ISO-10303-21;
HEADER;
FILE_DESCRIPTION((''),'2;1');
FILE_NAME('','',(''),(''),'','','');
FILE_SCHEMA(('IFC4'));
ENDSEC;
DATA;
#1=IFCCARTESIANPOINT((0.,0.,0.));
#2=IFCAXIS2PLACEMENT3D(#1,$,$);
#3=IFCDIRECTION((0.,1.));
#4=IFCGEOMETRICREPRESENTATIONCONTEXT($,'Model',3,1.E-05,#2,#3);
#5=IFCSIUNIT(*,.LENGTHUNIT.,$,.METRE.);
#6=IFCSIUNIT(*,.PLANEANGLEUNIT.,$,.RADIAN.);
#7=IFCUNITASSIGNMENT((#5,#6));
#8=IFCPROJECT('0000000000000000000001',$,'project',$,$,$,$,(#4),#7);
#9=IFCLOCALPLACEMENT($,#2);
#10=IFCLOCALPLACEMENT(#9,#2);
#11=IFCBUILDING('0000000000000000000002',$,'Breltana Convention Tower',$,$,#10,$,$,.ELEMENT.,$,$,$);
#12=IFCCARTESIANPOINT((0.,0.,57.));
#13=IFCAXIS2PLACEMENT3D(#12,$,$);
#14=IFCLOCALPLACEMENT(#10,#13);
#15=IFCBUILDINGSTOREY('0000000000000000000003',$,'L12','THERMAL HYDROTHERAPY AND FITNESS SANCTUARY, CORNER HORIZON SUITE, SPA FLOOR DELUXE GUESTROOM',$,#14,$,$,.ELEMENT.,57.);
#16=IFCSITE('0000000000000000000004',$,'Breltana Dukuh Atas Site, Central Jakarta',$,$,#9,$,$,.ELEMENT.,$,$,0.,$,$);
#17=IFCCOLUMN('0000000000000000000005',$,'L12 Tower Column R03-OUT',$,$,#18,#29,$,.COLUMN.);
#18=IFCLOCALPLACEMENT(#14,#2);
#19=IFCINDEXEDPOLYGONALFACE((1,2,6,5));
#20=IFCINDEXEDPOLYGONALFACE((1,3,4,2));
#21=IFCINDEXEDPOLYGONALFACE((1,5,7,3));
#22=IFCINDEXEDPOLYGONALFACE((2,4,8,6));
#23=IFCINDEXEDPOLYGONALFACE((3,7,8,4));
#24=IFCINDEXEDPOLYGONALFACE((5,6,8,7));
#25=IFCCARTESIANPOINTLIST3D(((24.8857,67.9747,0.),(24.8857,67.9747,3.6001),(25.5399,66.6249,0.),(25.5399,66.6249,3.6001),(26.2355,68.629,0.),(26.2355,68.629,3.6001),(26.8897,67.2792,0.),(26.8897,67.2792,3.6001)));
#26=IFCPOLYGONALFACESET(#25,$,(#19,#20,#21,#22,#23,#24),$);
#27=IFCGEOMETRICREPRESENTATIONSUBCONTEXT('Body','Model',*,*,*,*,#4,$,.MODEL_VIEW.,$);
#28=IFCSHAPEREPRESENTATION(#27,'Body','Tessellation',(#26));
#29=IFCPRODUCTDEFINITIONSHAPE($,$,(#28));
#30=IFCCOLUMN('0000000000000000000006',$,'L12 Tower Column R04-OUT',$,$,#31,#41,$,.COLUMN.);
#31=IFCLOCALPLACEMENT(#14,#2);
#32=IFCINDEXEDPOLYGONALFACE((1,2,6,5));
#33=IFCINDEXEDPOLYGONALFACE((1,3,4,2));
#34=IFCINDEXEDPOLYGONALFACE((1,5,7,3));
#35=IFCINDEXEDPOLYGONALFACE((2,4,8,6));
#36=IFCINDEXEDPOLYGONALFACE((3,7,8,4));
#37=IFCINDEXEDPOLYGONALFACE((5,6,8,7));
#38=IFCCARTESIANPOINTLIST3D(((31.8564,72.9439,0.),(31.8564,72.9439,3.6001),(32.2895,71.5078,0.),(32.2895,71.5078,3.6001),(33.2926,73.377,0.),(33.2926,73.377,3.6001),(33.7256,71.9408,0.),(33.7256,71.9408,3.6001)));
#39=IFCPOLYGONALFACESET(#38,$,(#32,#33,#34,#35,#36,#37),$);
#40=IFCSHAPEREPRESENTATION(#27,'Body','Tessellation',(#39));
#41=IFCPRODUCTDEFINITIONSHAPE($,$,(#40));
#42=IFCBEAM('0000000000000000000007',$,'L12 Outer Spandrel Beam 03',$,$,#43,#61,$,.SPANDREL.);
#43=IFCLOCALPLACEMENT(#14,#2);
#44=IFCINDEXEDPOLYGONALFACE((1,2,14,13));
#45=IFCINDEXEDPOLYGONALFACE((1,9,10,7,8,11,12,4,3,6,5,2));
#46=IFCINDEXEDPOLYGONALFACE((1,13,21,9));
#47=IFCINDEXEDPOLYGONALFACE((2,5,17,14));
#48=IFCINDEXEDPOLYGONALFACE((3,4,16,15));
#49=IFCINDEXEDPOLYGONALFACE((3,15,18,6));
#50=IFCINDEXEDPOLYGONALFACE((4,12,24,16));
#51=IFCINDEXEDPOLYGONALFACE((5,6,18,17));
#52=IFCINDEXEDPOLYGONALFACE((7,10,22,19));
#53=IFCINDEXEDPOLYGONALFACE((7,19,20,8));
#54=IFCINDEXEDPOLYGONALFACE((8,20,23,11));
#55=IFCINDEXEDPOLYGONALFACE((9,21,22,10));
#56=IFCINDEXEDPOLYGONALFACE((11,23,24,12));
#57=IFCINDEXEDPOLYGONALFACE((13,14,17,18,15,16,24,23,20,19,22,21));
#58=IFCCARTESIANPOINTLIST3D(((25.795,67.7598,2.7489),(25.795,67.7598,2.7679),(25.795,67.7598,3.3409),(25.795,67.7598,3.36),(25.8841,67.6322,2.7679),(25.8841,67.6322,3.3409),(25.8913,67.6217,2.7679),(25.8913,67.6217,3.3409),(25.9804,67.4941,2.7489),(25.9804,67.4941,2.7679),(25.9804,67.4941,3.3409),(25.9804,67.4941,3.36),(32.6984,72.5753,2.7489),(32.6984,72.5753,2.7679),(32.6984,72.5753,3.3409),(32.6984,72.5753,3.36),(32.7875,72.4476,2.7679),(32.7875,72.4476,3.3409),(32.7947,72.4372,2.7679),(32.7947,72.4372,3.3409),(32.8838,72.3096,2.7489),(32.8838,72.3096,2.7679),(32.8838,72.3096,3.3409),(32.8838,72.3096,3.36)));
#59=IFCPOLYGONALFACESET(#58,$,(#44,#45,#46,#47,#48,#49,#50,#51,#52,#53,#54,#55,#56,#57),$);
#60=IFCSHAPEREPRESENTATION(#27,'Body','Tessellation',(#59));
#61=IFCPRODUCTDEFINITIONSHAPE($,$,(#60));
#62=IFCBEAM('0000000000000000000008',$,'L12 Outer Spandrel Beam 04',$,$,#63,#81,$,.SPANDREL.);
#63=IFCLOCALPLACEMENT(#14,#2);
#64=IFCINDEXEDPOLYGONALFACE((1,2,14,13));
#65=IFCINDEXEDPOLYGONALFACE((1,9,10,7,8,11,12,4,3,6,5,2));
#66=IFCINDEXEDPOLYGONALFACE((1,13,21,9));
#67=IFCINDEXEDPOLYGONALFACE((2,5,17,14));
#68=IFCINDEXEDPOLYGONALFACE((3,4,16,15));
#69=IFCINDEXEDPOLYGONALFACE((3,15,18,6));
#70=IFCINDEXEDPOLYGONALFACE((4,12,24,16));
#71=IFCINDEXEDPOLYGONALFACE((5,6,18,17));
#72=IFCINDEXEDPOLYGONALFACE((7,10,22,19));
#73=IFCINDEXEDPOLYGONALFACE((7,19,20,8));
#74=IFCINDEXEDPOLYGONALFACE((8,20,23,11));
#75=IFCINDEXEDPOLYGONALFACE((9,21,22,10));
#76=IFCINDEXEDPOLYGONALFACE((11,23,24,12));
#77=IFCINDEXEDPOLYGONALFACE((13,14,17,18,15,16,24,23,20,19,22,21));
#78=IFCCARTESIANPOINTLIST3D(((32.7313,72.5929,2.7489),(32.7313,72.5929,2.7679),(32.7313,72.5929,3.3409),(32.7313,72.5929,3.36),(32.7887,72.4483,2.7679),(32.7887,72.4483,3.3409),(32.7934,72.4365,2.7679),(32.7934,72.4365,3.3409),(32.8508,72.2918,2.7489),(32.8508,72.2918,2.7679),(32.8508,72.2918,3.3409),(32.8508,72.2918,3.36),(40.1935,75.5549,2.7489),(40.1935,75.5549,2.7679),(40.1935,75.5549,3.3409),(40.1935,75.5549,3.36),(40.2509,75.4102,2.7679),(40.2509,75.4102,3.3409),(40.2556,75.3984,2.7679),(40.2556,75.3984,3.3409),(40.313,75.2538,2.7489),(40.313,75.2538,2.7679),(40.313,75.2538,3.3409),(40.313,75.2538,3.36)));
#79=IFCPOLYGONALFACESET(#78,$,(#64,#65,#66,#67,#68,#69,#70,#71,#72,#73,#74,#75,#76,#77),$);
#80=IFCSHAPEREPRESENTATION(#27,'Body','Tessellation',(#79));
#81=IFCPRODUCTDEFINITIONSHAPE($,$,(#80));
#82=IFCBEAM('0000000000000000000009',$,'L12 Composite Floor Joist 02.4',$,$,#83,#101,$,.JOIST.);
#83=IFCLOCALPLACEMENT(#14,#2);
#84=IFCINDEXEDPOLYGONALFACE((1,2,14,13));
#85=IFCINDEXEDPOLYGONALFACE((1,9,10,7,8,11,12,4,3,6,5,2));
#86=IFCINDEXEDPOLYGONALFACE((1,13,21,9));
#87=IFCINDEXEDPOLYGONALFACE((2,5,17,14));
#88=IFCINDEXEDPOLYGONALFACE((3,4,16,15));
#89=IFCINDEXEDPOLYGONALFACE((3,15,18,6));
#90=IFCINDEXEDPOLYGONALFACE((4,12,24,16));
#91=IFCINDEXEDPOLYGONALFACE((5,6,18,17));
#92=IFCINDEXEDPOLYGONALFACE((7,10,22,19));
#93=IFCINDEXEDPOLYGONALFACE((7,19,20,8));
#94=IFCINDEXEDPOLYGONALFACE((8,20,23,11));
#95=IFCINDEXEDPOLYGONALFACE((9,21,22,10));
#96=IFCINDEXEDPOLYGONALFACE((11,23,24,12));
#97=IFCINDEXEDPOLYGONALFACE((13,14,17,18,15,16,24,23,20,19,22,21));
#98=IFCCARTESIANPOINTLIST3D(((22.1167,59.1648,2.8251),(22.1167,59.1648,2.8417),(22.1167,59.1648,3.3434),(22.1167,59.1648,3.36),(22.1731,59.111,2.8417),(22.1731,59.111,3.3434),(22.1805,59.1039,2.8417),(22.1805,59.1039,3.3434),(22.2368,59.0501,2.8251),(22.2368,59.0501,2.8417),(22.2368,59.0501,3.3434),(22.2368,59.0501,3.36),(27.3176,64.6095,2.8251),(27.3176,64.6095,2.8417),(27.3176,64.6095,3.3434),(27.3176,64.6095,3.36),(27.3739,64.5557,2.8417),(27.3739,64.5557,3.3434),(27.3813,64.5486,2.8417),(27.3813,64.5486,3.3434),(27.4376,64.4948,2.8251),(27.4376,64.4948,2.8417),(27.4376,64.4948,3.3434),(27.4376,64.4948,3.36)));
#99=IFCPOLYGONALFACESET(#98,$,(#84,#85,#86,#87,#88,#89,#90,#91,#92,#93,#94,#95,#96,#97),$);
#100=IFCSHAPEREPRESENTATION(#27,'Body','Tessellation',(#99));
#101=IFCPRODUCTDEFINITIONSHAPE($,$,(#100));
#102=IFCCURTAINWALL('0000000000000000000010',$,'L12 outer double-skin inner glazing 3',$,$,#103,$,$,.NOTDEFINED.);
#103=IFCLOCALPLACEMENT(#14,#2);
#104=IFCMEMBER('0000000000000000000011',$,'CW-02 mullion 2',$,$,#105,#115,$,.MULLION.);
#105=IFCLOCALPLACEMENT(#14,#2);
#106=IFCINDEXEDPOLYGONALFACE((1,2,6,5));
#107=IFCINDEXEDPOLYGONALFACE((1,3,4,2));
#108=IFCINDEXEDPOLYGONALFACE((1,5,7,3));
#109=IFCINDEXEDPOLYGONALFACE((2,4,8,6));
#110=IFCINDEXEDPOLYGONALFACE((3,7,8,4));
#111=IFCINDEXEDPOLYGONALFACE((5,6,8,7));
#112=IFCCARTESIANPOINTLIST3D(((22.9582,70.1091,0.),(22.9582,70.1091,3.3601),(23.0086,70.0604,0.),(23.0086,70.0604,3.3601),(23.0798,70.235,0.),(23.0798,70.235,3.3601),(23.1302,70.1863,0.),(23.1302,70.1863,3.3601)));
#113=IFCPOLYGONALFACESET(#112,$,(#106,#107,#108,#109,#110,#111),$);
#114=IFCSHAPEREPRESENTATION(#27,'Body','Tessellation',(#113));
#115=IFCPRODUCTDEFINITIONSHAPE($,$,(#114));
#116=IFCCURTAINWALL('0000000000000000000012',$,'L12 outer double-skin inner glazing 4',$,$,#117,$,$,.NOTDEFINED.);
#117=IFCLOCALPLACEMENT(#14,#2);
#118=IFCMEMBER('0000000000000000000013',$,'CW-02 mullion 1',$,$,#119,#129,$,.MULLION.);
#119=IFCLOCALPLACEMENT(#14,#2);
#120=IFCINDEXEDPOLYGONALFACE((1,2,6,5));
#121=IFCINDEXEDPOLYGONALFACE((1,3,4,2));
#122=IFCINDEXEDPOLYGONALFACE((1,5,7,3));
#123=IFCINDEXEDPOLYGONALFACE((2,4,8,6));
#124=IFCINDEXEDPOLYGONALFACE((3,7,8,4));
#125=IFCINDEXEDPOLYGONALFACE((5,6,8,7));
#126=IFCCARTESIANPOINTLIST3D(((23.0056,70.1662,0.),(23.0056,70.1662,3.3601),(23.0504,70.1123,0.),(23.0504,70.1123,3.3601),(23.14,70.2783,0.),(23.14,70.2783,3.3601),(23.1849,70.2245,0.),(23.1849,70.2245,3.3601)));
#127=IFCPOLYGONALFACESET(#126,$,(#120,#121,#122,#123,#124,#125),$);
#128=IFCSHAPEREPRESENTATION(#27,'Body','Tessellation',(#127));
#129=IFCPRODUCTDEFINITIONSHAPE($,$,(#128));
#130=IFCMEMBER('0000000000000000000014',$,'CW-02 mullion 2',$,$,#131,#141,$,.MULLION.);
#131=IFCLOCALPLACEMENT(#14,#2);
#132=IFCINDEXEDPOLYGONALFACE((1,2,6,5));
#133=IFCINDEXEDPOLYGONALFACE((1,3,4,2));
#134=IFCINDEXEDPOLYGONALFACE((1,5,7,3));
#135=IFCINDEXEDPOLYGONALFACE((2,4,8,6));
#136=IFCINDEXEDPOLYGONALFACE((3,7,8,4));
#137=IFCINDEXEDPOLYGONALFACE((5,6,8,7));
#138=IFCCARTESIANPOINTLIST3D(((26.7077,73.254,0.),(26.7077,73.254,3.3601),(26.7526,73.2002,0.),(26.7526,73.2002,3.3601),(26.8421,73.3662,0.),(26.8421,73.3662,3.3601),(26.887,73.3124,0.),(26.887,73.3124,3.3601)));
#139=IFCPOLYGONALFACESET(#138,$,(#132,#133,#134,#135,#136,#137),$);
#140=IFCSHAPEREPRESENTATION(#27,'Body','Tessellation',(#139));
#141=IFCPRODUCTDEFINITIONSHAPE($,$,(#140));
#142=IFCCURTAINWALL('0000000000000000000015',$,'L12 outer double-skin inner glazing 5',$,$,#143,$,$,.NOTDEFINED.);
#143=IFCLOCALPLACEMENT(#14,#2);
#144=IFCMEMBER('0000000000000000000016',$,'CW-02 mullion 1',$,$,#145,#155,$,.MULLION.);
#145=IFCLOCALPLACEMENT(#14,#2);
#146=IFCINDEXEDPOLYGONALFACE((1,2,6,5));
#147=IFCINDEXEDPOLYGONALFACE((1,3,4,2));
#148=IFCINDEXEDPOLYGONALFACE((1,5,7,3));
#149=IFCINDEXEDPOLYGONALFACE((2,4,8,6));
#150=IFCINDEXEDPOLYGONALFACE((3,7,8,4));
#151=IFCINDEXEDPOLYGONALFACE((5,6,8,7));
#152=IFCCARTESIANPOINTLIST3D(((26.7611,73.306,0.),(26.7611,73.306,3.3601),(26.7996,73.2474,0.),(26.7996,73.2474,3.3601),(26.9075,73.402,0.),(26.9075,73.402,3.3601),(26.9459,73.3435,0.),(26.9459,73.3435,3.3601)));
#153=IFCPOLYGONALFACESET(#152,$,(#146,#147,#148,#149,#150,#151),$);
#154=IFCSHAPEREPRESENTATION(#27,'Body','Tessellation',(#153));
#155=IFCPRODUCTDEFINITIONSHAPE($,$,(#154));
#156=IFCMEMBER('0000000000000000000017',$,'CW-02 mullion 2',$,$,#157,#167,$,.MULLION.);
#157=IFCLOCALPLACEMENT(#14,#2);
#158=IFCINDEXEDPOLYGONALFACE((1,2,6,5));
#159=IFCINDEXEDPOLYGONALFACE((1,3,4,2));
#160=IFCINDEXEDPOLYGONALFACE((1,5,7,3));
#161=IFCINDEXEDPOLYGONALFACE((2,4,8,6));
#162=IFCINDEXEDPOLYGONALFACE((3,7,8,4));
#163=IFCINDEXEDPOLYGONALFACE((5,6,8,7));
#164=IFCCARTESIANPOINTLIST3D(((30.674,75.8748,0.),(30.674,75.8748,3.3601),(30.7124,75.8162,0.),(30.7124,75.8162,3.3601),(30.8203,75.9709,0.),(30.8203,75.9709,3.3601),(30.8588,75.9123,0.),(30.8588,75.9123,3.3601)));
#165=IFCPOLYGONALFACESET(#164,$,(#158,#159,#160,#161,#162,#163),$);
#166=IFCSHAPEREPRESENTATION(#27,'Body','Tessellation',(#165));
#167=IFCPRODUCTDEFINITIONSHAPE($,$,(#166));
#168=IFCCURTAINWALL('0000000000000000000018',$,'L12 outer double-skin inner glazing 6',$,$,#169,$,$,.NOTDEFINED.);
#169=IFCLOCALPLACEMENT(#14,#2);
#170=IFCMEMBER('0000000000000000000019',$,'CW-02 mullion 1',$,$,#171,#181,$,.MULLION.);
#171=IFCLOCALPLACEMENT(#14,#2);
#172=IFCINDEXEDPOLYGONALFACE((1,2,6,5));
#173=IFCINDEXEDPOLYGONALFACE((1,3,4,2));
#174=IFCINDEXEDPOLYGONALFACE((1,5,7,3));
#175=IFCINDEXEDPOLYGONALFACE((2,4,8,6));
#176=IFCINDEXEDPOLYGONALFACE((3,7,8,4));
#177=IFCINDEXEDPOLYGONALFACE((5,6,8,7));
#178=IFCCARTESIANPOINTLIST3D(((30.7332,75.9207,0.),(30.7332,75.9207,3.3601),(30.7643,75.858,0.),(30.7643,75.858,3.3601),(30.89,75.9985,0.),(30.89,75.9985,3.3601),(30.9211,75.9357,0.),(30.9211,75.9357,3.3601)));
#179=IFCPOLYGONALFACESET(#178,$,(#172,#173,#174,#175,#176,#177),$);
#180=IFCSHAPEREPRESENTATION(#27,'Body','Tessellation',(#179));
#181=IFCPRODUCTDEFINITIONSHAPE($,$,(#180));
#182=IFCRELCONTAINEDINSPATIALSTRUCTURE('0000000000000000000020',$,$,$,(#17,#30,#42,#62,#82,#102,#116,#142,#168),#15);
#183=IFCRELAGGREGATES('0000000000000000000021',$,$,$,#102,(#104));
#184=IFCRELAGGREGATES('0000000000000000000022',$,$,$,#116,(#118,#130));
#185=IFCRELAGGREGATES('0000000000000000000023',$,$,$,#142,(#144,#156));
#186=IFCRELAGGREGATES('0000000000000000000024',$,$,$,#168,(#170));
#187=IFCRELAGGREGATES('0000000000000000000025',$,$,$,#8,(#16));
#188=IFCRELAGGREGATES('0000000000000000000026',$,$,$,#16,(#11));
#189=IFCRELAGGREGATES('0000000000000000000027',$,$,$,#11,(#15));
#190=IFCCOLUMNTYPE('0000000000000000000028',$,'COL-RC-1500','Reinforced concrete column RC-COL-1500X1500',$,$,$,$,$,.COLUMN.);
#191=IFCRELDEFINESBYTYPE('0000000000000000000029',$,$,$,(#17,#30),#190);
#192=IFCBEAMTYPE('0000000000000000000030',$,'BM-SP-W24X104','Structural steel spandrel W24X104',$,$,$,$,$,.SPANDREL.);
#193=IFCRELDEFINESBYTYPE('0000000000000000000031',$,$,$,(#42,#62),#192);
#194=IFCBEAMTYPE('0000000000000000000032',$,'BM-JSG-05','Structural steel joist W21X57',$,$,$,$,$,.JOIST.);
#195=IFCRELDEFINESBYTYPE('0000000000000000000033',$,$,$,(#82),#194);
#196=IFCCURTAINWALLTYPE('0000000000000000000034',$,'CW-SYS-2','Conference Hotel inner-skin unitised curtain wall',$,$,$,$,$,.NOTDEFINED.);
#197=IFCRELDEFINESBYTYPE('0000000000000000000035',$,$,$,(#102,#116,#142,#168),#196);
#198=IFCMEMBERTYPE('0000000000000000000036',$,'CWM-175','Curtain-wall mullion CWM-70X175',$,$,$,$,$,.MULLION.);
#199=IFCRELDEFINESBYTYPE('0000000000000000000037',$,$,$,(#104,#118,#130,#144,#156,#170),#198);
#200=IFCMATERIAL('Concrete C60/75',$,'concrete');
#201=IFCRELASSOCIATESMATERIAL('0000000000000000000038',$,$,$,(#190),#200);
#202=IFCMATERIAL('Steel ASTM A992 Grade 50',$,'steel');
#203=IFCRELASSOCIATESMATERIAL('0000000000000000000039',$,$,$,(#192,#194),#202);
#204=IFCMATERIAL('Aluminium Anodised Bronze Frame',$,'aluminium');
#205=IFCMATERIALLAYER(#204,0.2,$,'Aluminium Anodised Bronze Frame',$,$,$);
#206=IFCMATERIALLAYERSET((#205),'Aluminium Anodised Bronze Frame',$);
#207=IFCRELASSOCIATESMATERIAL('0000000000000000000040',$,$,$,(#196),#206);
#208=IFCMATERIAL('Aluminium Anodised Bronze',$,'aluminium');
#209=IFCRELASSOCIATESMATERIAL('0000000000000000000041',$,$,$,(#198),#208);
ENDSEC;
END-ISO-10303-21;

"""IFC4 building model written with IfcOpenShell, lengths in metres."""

from ifc_helpers import new_model, si_unit, direction, frame, origin, origin_2d, place, context, subcontext, project, spatial, rectangle, i_section, extrude, source, transform, mapped, material, layer, layer_set, material_profile, profile_set, type_object, type_shapes, element, aggregate, save


model = new_model("IFC4")

# Units and contexts
model_context = context("Model", 3, precision=1e-05, world=origin(), true_north=direction((0.0, 1.0)))
body_context = subcontext(model_context, "Body", "Model", "MODEL_VIEW")
ifc_project = project(units=[si_unit("LENGTHUNIT", "METRE"), si_unit("PLANEANGLEUNIT", "RADIAN")], contexts=[model_context])

# Site, building, storey
site_placement = place(None, origin())
site = spatial("IfcSite", under=ifc_project, at=site_placement, Name="Breltana Dukuh Atas Site, Central Jakarta", CompositionType="ELEMENT", RefElevation=0.0)
building_placement = place(site_placement, origin())
building = spatial("IfcBuilding", under=site, at=building_placement, Name="Breltana Convention Tower", CompositionType="ELEMENT")
storey_placement = place(building_placement, frame((0.0, 0.0, 57.0)))
storey = spatial("IfcBuildingStorey", under=building, at=storey_placement, Name="L12", Description="THERMAL HYDROTHERAPY AND FITNESS SANCTUARY, CORNER HORIZON SUITE, SPA FLOOR DELUXE GUESTROOM", CompositionType="ELEMENT", Elevation=57.0)

# Columns
ifc_material_1 = material(Name="Concrete C60/75", Category="concrete")
ifc_material_profile_1 = material_profile(ifc_material_1, rectangle(XDim=1.5, YDim=1.5, at=origin_2d()), Name="RC-COL-1500X1500")
ifc_profile_set_1 = profile_set([ifc_material_profile_1], Name="Concrete C60/75")
column_type = type_object("IfcColumnType", Name="COL-RC-1500", Description="Reinforced concrete column RC-COL-1500X1500", PredefinedType="COLUMN", material=ifc_profile_set_1)
shared_shape_1 = source(origin(), body_context, "Body", "SweptSolid", [
    extrude(rectangle(XDim=1.5, YDim=1.5, at=origin_2d()), origin(), (0.0, 0.0, 1.0), 3.6001),
])
for number, where, z_axis, x_axis, name in (
    (1, (25.8877, 67.627, 0.0), (0.0, 0.0, 1.0), (-0.436174, 0.899863, 0.0), "L12 Tower Column R03-OUT"),
    (2, (32.791, 72.4424, 0.0), (0.0, 0.0, 1.0), (-0.288698, 0.95742, 0.0), "L12 Tower Column R04-OUT"),
):
    element("IfcColumn", number, at=place(storey_placement, frame(where, z_axis=z_axis, x_axis=x_axis)), inside=storey, type_object=column_type, Name=name, PredefinedType="COLUMN", context=body_context, shape_type="MappedRepresentation", body=[
        mapped(shared_shape_1, transform((0.0, 0.0, 0.0), scale=1.0)),
    ])

# Beams
ifc_material_2 = material(Name="Steel ASTM A992 Grade 50", Category="steel")
ifc_material_profile_2 = material_profile(ifc_material_2, i_section(OverallWidth=0.324, OverallDepth=0.6111, WebThickness=0.0127, FlangeThickness=0.019, at=origin_2d()), Name="W24X104")
ifc_profile_set_2 = profile_set([ifc_material_profile_2], Name="Steel ASTM A992 Grade 50")
beam_type_1 = type_object("IfcBeamType", Name="BM-SP-W24X104", Description="Structural steel spandrel W24X104", PredefinedType="SPANDREL", material=ifc_profile_set_2)
shared_shape_2 = source(origin(), body_context, "Body", "SweptSolid", [
    extrude(i_section(OverallWidth=0.324, OverallDepth=0.6111, WebThickness=0.0127, FlangeThickness=0.019, at=origin_2d()), origin(), (0.0, 0.0, 1.0), 8.417),
])
beam_1_placement = place(storey_placement, frame((25.8877, 67.627, 3.0544), z_axis=(0.820174, 0.572114, 0.0), x_axis=(-0.572114, 0.820174, 0.0)))
element("IfcBeam", 3, at=beam_1_placement, inside=storey, type_object=beam_type_1, Name="L12 Outer Spandrel Beam 03", PredefinedType="SPANDREL", context=body_context, shape_type="MappedRepresentation", body=[
    mapped(shared_shape_2, transform((0.0, 0.0, 0.0), scale=1.0)),
])
shared_shape_3 = source(origin(), body_context, "Body", "SweptSolid", [
    extrude(i_section(OverallWidth=0.324, OverallDepth=0.6111, WebThickness=0.0127, FlangeThickness=0.019, at=origin_2d()), origin(), (0.0, 0.0, 1.0), 8.0286),
])
beam_2_placement = place(storey_placement, frame((32.791, 72.4424, 3.0544), z_axis=(0.929459, 0.368925, 0.0), x_axis=(-0.368925, 0.929459, 0.0)))
element("IfcBeam", 4, at=beam_2_placement, inside=storey, type_object=beam_type_1, Name="L12 Outer Spandrel Beam 04", PredefinedType="SPANDREL", context=body_context, shape_type="MappedRepresentation", body=[
    mapped(shared_shape_3, transform((0.0, 0.0, 0.0), scale=1.0)),
])
ifc_material_profile_3 = material_profile(ifc_material_2, i_section(OverallWidth=0.166, OverallDepth=0.5349, WebThickness=0.0103, FlangeThickness=0.0166, at=origin_2d()), Name="W21X57")
ifc_profile_set_3 = profile_set([ifc_material_profile_3], Name="Steel ASTM A992 Grade 50")
beam_type_2 = type_object("IfcBeamType", Name="BM-JSG-05", Description="Structural steel joist W21X57", PredefinedType="JOIST", material=ifc_profile_set_3)
shared_shape_4 = source(origin(), body_context, "Body", "SweptSolid", [
    extrude(i_section(OverallWidth=0.166, OverallDepth=0.5349, WebThickness=0.0103, FlangeThickness=0.0166, at=origin_2d()), origin(), (0.0, 0.0, 1.0), 7.5295),
])
beam_3_placement = place(storey_placement, frame((22.1768, 59.1074, 3.0925), z_axis=(0.690726, 0.723117, 0.0), x_axis=(-0.723117, 0.690726, 0.0)))
element("IfcBeam", 5, at=beam_3_placement, inside=storey, type_object=beam_type_2, Name="L12 Composite Floor Joist 02.4", PredefinedType="JOIST", context=body_context, shape_type="MappedRepresentation", body=[
    mapped(shared_shape_4, transform((0.0, 0.0, 0.0), scale=1.0)),
])

# Curtain wall, member
ifc_material_3 = material(Name="Aluminium Anodised Bronze Frame", Category="aluminium")
ifc_layer_1 = layer(ifc_material_3, 0.2, Name="Aluminium Anodised Bronze Frame")
ifc_layer_set_1 = layer_set([ifc_layer_1], Name="Aluminium Anodised Bronze Frame")
curtain_wall_type = type_object("IfcCurtainWallType", Name="CW-SYS-2", Description="Conference Hotel inner-skin unitised curtain wall", PredefinedType="NOTDEFINED", material=ifc_layer_set_1)
curtain_wall_1_placement = place(storey_placement, origin())
curtain_wall_1 = element("IfcCurtainWall", 6, at=curtain_wall_1_placement, inside=storey, type_object=curtain_wall_type, Name="L12 outer double-skin inner glazing 3", PredefinedType="NOTDEFINED")
ifc_material_4 = material(Name="Aluminium Anodised Bronze", Category="aluminium")
ifc_material_profile_4 = material_profile(ifc_material_4, rectangle(XDim=0.0701, YDim=0.175, at=origin_2d()), Name="CWM-70X175")
ifc_profile_set_4 = profile_set([ifc_material_profile_4], Name="Aluminium Anodised Bronze")
member_type_1 = type_object("IfcMemberType", Name="CWM-175", Description="Curtain-wall mullion CWM-70X175", PredefinedType="MULLION", material=ifc_profile_set_4)
shared_shape_5 = source(origin(), body_context, "Body", "SweptSolid", [
    extrude(rectangle(XDim=0.0701, YDim=0.175, at=origin_2d()), origin(), (0.0, 0.0, 1.0), 3.3601),
])
type_shapes(member_type_1, [shared_shape_5])
member_1_placement = place(storey_placement, frame((23.0442, 70.1477, 0.0), z_axis=(0.0, 0.0, 1.0), x_axis=(-0.719386, 0.69461, 0.0)))
member_1 = element("IfcMember", 7, at=member_1_placement, type_object=member_type_1, Name="CW-02 mullion 2", PredefinedType="MULLION", context=body_context, shape_type="MappedRepresentation", body=[
    mapped(shared_shape_5, transform((0.0, 0.0, 0.0), scale=1.0)),
])
aggregate(curtain_wall_1, [member_1])

# Curtain walls, members
curtain_wall_2_placement = place(storey_placement, origin())
curtain_wall_2 = element("IfcCurtainWall", 8, at=curtain_wall_2_placement, inside=storey, type_object=curtain_wall_type, Name="L12 outer double-skin inner glazing 4", PredefinedType="NOTDEFINED")
member_2_placement = place(storey_placement, frame((23.0952, 70.1953, 0.0), z_axis=(0.0, 0.0, 1.0), x_axis=(-0.64052, 0.767941, 0.0)))
member_2 = element("IfcMember", 9, at=member_2_placement, type_object=member_type_1, Name="CW-02 mullion 1", PredefinedType="MULLION", context=body_context, shape_type="MappedRepresentation", body=[
    mapped(shared_shape_5, transform((0.0, 0.0, 0.0), scale=1.0)),
])
member_3_placement = place(storey_placement, frame((26.7974, 73.2832, 0.0), z_axis=(0.0, 0.0, 1.0), x_axis=(-0.64052, 0.767941, 0.0)))
member_3 = element("IfcMember", 10, at=member_3_placement, type_object=member_type_1, Name="CW-02 mullion 2", PredefinedType="MULLION", context=body_context, shape_type="MappedRepresentation", body=[
    mapped(shared_shape_5, transform((0.0, 0.0, 0.0), scale=1.0)),
])
curtain_wall_3_placement = place(storey_placement, origin())
curtain_wall_3 = element("IfcCurtainWall", 11, at=curtain_wall_3_placement, inside=storey, type_object=curtain_wall_type, Name="L12 outer double-skin inner glazing 5", PredefinedType="NOTDEFINED")
member_4_placement = place(storey_placement, frame((26.8535, 73.3247, 0.0), z_axis=(0.0, 0.0, 1.0), x_axis=(-0.548784, 0.835964, 0.0)))
member_4 = element("IfcMember", 12, at=member_4_placement, type_object=member_type_1, Name="CW-02 mullion 1", PredefinedType="MULLION", context=body_context, shape_type="MappedRepresentation", body=[
    mapped(shared_shape_5, transform((0.0, 0.0, 0.0), scale=1.0)),
])
member_5_placement = place(storey_placement, frame((30.7664, 75.8936, 0.0), z_axis=(0.0, 0.0, 1.0), x_axis=(-0.548784, 0.835964, 0.0)))
member_5 = element("IfcMember", 13, at=member_5_placement, type_object=member_type_1, Name="CW-02 mullion 2", PredefinedType="MULLION", context=body_context, shape_type="MappedRepresentation", body=[
    mapped(shared_shape_5, transform((0.0, 0.0, 0.0), scale=1.0)),
])

# Curtain wall, member
curtain_wall_4_placement = place(storey_placement, origin())
curtain_wall_4 = element("IfcCurtainWall", 14, at=curtain_wall_4_placement, inside=storey, type_object=curtain_wall_type, Name="L12 outer double-skin inner glazing 6", PredefinedType="NOTDEFINED")
member_6_placement = place(storey_placement, frame((30.8271, 75.9282, 0.0), z_axis=(0.0, 0.0, 1.0), x_axis=(-0.444108, 0.895973, 0.0)))
member_6 = element("IfcMember", 15, at=member_6_placement, type_object=member_type_1, Name="CW-02 mullion 1", PredefinedType="MULLION", context=body_context, shape_type="MappedRepresentation", body=[
    mapped(shared_shape_5, transform((0.0, 0.0, 0.0), scale=1.0)),
])

aggregate(curtain_wall_2, [member_2, member_3])
aggregate(curtain_wall_3, [member_4, member_5])
aggregate(curtain_wall_4, [member_6])

save(model, "model.ifc")
